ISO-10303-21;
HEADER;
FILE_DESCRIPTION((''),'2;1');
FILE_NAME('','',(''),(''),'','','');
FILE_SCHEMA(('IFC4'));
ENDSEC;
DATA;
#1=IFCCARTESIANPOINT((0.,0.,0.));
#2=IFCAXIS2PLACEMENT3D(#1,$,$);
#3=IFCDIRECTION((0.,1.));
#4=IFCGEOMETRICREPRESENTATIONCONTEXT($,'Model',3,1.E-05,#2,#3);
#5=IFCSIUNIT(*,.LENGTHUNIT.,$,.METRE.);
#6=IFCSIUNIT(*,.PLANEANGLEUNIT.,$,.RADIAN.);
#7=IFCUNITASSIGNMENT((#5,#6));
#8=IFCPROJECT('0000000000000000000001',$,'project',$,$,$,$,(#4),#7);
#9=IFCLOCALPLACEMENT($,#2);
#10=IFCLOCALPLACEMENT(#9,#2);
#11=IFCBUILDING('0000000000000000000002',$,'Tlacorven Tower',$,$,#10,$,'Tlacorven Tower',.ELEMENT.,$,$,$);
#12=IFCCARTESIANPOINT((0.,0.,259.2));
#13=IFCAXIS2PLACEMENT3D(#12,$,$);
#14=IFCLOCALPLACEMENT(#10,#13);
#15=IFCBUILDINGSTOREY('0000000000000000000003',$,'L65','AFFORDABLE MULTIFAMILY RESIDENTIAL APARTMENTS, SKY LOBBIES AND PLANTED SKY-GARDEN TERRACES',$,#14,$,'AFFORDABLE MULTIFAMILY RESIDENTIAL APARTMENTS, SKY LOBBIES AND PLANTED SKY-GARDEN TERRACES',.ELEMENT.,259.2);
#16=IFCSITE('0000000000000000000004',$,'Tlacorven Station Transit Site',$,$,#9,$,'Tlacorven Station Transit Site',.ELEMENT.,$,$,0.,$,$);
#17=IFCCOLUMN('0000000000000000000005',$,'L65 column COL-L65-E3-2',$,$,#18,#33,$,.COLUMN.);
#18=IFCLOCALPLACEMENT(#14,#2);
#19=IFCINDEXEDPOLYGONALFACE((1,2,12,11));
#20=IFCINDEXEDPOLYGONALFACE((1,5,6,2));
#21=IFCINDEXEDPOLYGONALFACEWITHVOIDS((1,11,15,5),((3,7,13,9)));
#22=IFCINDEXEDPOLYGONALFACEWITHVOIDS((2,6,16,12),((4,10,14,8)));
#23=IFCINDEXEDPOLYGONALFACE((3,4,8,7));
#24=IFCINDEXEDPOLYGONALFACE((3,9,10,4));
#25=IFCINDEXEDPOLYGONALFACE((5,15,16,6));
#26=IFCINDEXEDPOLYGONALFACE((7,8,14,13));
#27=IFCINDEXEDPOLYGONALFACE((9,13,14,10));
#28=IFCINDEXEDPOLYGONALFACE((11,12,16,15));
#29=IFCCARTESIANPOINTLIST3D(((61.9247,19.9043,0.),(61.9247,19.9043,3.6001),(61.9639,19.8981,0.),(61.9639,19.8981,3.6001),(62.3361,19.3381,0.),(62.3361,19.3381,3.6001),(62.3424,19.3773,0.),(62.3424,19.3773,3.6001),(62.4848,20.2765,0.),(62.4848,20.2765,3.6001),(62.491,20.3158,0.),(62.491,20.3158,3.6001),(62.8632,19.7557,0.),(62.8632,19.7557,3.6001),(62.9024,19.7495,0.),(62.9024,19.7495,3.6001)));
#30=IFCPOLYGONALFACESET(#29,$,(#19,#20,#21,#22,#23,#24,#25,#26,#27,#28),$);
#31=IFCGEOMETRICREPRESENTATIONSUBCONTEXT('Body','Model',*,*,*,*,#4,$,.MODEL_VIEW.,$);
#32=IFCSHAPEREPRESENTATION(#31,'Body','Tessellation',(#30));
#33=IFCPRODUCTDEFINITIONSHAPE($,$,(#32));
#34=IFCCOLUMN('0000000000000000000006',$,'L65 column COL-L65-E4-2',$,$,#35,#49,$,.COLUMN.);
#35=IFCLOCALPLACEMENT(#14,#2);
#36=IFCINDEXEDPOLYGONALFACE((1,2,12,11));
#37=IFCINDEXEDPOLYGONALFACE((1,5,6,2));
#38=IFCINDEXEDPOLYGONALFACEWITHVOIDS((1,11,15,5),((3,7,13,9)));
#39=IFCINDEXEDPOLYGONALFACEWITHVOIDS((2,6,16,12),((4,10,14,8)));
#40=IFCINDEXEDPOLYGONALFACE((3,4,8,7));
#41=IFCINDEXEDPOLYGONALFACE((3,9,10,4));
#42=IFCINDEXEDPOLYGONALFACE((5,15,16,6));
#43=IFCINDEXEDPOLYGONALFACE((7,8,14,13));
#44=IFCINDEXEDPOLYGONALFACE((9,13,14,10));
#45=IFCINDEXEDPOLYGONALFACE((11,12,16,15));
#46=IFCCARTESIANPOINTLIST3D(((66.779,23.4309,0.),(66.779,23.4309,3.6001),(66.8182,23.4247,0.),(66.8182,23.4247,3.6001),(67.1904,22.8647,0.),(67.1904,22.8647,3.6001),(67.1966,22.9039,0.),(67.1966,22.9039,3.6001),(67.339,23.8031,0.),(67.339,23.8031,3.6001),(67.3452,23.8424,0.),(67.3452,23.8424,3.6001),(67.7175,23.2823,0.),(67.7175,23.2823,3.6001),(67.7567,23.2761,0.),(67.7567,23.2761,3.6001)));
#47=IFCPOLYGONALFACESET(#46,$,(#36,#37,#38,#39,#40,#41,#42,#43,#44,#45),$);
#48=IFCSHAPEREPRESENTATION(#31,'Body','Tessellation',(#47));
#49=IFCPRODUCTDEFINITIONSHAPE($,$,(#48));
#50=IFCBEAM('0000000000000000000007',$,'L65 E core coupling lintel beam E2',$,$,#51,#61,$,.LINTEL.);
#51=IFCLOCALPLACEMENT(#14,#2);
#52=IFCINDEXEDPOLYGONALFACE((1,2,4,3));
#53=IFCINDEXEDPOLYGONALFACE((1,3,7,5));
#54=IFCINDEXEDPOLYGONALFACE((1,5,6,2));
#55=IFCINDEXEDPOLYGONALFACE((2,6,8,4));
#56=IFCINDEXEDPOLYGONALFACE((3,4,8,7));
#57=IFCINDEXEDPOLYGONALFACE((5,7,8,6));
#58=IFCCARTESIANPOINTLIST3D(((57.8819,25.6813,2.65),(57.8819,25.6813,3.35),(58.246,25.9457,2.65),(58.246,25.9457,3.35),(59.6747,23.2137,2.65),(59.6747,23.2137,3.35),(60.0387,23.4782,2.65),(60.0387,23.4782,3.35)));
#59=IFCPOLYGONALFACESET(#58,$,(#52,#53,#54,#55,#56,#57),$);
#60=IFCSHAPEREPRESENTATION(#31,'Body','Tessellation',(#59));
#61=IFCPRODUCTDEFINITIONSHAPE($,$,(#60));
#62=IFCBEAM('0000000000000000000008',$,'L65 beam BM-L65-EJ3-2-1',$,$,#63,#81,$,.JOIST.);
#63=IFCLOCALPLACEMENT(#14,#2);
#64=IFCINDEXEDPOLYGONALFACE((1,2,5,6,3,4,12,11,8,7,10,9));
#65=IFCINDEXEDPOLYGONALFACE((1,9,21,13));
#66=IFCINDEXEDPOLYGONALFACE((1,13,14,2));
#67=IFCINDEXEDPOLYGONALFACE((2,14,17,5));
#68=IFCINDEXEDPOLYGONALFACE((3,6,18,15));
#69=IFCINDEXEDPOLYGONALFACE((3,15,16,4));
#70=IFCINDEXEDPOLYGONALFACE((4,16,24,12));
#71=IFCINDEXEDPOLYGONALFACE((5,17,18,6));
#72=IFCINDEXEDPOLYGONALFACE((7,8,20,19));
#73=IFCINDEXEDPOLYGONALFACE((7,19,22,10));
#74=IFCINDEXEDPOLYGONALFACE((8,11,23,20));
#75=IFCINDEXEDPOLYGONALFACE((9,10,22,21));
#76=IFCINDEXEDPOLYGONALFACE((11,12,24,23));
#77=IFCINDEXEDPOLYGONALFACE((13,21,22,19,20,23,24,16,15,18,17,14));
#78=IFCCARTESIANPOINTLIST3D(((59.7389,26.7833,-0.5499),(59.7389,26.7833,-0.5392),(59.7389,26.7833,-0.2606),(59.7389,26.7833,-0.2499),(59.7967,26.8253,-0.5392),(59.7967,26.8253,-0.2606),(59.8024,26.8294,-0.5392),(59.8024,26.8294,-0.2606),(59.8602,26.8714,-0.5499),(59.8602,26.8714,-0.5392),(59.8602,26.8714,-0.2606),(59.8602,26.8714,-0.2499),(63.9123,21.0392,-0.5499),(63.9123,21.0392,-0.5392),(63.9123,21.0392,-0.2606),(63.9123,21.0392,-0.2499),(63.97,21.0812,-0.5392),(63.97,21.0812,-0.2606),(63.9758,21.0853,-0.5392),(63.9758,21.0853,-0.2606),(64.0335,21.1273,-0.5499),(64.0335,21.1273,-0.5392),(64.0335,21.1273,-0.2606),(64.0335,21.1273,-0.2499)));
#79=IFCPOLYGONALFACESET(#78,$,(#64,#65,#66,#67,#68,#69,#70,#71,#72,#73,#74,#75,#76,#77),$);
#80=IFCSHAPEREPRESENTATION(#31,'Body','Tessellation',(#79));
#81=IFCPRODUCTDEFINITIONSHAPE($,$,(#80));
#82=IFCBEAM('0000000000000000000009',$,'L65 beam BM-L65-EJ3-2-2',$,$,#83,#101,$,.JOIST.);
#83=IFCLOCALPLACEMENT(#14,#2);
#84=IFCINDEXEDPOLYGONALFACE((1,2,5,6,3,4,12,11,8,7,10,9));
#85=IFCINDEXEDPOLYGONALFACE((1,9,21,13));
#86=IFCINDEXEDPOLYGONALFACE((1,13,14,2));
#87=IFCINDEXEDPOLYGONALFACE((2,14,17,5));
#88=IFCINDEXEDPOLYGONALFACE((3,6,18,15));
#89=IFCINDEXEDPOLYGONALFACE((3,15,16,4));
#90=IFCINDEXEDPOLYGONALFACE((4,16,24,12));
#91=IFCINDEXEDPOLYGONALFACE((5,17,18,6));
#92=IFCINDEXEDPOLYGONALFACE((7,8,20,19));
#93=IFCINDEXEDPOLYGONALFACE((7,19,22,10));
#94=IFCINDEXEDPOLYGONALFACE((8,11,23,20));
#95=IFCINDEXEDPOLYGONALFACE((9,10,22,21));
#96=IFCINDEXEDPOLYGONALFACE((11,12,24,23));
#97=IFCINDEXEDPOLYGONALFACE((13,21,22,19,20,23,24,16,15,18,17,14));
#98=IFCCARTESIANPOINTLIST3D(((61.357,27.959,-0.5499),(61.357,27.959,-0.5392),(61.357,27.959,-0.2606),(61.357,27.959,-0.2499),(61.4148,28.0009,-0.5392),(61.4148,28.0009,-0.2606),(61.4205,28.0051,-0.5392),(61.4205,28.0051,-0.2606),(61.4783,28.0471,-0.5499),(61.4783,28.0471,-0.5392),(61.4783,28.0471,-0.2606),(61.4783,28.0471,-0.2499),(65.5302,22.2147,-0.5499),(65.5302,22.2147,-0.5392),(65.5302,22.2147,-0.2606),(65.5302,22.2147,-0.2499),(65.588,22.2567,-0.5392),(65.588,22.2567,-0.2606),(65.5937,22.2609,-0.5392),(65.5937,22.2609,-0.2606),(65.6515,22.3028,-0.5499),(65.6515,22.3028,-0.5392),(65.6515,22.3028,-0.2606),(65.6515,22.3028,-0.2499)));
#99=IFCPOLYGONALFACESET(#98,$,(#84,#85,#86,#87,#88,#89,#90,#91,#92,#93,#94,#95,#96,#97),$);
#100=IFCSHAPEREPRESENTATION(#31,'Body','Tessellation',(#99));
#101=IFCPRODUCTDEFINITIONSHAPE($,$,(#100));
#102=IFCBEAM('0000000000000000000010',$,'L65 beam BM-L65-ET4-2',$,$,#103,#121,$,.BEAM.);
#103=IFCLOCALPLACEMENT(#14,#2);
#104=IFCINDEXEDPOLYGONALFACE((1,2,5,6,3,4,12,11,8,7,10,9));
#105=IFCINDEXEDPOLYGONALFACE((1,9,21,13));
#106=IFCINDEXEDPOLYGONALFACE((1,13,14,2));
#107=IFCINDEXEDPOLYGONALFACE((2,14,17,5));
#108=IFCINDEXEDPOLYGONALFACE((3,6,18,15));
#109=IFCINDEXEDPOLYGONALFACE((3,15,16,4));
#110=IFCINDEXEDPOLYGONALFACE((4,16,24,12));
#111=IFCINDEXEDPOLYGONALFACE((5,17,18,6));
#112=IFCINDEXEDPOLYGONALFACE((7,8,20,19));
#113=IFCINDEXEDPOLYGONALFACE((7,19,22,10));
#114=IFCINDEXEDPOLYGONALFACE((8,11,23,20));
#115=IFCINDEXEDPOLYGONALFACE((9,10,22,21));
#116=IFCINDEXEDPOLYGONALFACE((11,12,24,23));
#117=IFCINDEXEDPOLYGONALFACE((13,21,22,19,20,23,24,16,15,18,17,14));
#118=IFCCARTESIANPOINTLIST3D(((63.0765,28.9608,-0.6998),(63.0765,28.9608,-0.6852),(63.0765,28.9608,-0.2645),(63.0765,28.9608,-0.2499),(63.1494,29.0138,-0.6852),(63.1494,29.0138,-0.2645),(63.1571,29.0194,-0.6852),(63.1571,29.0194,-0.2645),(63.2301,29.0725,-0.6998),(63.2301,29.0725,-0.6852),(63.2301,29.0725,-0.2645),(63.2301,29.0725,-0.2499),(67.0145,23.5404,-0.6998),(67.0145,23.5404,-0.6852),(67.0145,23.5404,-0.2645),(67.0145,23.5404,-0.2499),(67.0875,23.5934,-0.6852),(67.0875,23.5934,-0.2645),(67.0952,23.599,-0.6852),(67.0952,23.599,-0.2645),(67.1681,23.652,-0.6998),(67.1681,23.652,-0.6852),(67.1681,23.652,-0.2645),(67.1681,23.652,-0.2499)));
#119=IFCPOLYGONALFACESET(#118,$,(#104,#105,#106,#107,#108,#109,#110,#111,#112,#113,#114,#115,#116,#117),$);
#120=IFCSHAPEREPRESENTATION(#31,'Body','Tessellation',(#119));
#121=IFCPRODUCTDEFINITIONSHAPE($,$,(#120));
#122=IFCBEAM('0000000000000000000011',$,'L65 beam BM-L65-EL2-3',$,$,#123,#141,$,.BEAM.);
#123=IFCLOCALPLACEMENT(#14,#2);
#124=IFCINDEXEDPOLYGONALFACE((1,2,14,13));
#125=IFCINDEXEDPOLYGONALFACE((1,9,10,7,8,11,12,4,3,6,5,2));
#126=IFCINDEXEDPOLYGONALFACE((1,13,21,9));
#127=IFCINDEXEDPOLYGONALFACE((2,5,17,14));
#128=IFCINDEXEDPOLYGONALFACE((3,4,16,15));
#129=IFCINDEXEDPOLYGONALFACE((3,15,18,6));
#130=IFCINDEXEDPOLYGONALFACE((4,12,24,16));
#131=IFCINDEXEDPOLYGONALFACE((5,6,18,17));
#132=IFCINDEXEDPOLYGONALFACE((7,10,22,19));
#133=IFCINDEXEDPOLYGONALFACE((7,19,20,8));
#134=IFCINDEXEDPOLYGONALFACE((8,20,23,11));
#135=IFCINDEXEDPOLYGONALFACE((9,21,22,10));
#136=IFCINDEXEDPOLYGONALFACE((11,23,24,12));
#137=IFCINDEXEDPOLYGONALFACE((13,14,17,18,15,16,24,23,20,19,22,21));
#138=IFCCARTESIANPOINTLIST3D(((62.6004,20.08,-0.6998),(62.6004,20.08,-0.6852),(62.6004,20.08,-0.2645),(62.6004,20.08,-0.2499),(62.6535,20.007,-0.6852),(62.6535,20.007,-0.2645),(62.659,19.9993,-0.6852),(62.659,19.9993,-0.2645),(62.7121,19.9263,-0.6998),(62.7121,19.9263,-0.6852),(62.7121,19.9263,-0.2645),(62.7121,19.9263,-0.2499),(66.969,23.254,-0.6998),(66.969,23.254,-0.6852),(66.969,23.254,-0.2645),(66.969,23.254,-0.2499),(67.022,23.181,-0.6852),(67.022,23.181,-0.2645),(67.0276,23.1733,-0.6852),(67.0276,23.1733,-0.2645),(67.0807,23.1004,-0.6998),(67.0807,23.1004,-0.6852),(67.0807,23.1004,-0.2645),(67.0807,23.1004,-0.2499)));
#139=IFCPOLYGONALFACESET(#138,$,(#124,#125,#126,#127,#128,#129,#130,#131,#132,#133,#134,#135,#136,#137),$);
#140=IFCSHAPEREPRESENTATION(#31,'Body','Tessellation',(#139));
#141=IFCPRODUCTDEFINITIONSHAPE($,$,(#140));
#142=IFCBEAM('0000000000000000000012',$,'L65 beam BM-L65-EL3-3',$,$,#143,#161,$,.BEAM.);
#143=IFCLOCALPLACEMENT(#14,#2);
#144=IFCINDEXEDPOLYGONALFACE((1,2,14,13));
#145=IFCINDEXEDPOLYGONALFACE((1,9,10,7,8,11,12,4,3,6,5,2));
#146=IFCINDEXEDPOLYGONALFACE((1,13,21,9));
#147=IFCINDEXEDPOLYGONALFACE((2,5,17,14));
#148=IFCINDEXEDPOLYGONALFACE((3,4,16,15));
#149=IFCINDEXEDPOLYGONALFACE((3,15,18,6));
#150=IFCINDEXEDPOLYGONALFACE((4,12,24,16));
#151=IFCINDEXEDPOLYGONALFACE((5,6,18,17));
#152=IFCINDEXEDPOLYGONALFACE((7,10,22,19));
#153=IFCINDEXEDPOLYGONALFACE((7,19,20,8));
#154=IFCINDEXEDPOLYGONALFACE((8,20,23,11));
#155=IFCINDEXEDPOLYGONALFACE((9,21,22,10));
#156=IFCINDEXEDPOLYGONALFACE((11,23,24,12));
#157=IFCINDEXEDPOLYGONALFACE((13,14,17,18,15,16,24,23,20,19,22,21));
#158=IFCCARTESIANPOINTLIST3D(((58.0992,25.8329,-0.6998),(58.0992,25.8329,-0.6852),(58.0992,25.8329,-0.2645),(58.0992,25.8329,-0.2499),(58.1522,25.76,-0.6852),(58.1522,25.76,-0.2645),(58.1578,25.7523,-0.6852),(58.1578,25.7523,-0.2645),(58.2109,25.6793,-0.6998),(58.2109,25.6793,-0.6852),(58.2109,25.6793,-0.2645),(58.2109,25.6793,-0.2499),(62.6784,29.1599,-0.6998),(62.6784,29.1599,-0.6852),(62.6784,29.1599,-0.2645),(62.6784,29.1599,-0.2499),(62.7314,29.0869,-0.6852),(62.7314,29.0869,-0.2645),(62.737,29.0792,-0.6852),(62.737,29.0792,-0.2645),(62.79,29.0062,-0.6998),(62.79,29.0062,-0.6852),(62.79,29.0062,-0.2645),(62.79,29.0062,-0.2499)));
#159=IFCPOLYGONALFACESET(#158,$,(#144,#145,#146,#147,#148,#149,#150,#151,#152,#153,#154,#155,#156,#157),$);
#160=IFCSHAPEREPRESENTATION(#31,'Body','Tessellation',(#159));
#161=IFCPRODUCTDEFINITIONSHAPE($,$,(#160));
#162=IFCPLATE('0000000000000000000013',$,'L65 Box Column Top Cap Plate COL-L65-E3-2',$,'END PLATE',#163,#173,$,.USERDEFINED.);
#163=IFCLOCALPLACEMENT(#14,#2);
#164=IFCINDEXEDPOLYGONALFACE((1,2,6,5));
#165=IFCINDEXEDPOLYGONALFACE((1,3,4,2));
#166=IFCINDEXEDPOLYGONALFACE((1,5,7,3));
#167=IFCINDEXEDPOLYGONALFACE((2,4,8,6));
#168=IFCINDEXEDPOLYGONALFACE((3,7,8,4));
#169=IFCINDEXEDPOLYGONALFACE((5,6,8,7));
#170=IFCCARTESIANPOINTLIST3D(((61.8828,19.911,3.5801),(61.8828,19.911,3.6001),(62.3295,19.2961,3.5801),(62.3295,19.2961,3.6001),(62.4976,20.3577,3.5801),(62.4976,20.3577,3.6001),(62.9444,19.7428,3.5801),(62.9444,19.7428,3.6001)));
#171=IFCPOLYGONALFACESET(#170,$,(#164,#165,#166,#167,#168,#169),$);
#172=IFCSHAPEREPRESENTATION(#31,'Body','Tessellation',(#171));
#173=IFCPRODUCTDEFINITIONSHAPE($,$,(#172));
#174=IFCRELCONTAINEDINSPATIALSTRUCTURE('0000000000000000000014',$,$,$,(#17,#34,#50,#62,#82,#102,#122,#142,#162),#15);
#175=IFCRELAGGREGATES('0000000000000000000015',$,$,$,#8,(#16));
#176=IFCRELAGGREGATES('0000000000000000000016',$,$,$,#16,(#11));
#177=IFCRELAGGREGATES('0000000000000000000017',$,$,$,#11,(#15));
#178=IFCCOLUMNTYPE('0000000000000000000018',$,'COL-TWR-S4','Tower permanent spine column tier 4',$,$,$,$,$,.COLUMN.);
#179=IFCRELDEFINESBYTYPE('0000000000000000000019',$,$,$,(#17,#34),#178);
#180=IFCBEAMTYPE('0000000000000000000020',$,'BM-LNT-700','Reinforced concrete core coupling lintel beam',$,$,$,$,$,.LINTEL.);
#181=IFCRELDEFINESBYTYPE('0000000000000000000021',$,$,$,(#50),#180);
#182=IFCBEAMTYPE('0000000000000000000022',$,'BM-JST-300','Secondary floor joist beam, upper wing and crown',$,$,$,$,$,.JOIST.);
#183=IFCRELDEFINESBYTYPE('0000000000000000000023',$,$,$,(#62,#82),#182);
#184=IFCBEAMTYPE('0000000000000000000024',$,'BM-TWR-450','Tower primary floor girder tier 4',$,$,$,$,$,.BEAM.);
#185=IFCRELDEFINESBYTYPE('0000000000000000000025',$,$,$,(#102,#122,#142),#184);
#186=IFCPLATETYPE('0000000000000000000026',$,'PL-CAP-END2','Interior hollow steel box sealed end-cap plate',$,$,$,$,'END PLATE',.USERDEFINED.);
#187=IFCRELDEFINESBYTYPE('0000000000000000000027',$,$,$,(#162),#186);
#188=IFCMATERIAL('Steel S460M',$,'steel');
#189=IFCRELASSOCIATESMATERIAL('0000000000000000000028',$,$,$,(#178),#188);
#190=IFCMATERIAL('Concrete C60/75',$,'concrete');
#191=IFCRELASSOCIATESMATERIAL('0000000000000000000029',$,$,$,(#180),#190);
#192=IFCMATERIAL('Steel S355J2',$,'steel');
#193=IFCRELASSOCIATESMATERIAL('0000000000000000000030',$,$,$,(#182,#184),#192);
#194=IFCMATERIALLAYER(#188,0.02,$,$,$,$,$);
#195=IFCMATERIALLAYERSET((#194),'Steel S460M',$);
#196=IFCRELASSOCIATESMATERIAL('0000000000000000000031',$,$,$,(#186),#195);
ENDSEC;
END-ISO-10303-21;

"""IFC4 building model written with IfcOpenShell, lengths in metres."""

from ifc_helpers import new_model, si_unit, direction, frame, origin, origin_2d, place, context, subcontext, project, spatial, rectangle, hollow_rectangle, i_section, extrude, source, transform, mapped, material, layer, layer_set, material_profile, profile_set, type_object, element, save


model = new_model("IFC4")

# Units and contexts
model_context = context("Model", 3, precision=1e-05, world=origin(), true_north=direction((0.0, 1.0)))
body_context = subcontext(model_context, "Body", "Model", "MODEL_VIEW")
ifc_project = project(units=[si_unit("LENGTHUNIT", "METRE"), si_unit("PLANEANGLEUNIT", "RADIAN")], contexts=[model_context])

# Site, building, storey
site_placement = place(None, origin())
site = spatial("IfcSite", under=ifc_project, at=site_placement, Name="Tlacorven Station Transit Site", LongName="Tlacorven Station Transit Site", CompositionType="ELEMENT", RefElevation=0.0)
building_placement = place(site_placement, origin())
building = spatial("IfcBuilding", under=site, at=building_placement, Name="Tlacorven Tower", LongName="Tlacorven Tower", CompositionType="ELEMENT")
storey_placement = place(building_placement, frame((0.0, 0.0, 259.2)))
storey = spatial("IfcBuildingStorey", under=building, at=storey_placement, Name="L65", Description="AFFORDABLE MULTIFAMILY RESIDENTIAL APARTMENTS, SKY LOBBIES AND PLANTED SKY-GARDEN TERRACES", LongName="AFFORDABLE MULTIFAMILY RESIDENTIAL APARTMENTS, SKY LOBBIES AND PLANTED SKY-GARDEN TERRACES", CompositionType="ELEMENT", Elevation=259.2)

# Columns
ifc_material_1 = material(Name="Steel S460M", Category="steel")
ifc_material_profile_1 = material_profile(ifc_material_1, hollow_rectangle(XDim=0.7, YDim=0.7, WallThickness=0.0281, at=origin_2d()), Name="BOX 700X700X28")
ifc_profile_set_1 = profile_set([ifc_material_profile_1], Name="Steel S460M")
column_type = type_object("IfcColumnType", Name="COL-TWR-S4", Description="Tower permanent spine column tier 4", PredefinedType="COLUMN", material=ifc_profile_set_1)
shared_shape_1 = source(origin(), body_context, "Body", "SweptSolid", [
    extrude(hollow_rectangle(XDim=0.7, YDim=0.7, WallThickness=0.0281, at=origin_2d()), origin(), (0.0, 0.0, 1.0), 3.6001),
])
for number, where, z_axis, x_axis, name in (
    (1, (62.4136, 19.8269, 0.0), (0.0, 0.0, 1.0), (0.809017, 0.587785, 0.0), "L65 column COL-L65-E3-2"),
    (2, (67.2678, 23.3535, 0.0), (0.0, 0.0, 1.0), (0.809017, 0.587785, 0.0), "L65 column COL-L65-E4-2"),
):
    element("IfcColumn", number, at=place(storey_placement, frame(where, z_axis=z_axis, x_axis=x_axis)), inside=storey, type_object=column_type, Name=name, PredefinedType="COLUMN", context=body_context, shape_type="MappedRepresentation", body=[
        mapped(shared_shape_1, transform((0.0, 0.0, 0.0), scale=1.0)),
    ])

# Beams
ifc_material_2 = material(Name="Concrete C60/75", Category="concrete")
ifc_material_profile_2 = material_profile(ifc_material_2, rectangle(XDim=0.45, YDim=0.7, at=origin_2d()), Name="RC 450X700")
ifc_profile_set_2 = profile_set([ifc_material_profile_2], Name="Concrete C60/75")
beam_type_1 = type_object("IfcBeamType", Name="BM-LNT-700", Description="Reinforced concrete core coupling lintel beam", PredefinedType="LINTEL", material=ifc_profile_set_2)
shared_shape_2 = source(origin(), body_context, "Body", "SweptSolid", [
    extrude(rectangle(XDim=0.45, YDim=0.7, at=origin_2d()), origin(), (0.0, 0.0, 1.0), 3.05),
])
beam_1_placement = place(storey_placement, frame((59.8567, 23.3459, 3.0), z_axis=(-0.587777, 0.809023, 0.0), x_axis=(-0.809023, -0.587777, 0.0)))
element("IfcBeam", 3, at=beam_1_placement, inside=storey, type_object=beam_type_1, Name="L65 E core coupling lintel beam E2", PredefinedType="LINTEL", context=body_context, shape_type="MappedRepresentation", body=[
    mapped(shared_shape_2, transform((0.0, 0.0, 0.0), scale=1.0)),
])
ifc_material_3 = material(Name="Steel S355J2", Category="steel")
ifc_material_profile_3 = material_profile(ifc_material_3, i_section(OverallWidth=0.1499, OverallDepth=0.3, WebThickness=0.0071, FlangeThickness=0.0107, at=origin_2d()), Name="IPE 300")
ifc_profile_set_3 = profile_set([ifc_material_profile_3], Name="Steel S355J2")
beam_type_2 = type_object("IfcBeamType", Name="BM-JST-300", Description="Secondary floor joist beam, upper wing and crown", PredefinedType="JOIST", material=ifc_profile_set_3)
shared_shape_3 = source(origin(), body_context, "Body", "SweptSolid", [
    extrude(i_section(OverallWidth=0.1499, OverallDepth=0.3, WebThickness=0.0071, FlangeThickness=0.0107, at=origin_2d()), origin(), (0.0, 0.0, 1.0), 7.1001),
])
for number, where, z_axis, x_axis, name in (
    (4, (63.9729, 21.0833, -0.3999), (-0.587783, 0.809019, 0.0), (-0.809019, -0.587783, 0.0), "L65 beam BM-L65-EJ3-2-1"),
    (5, (65.5908, 22.2588, -0.3999), (-0.587761, 0.809035, 0.0), (-0.809035, -0.587761, 0.0), "L65 beam BM-L65-EJ3-2-2"),
):
    element("IfcBeam", number, at=place(storey_placement, frame(where, z_axis=z_axis, x_axis=x_axis)), inside=storey, type_object=beam_type_2, Name=name, PredefinedType="JOIST", context=body_context, shape_type="MappedRepresentation", body=[
        mapped(shared_shape_3, transform((0.0, 0.0, 0.0), scale=1.0)),
    ])
ifc_material_profile_4 = material_profile(ifc_material_3, i_section(OverallWidth=0.1899, OverallDepth=0.45, WebThickness=0.0095, FlangeThickness=0.0146, at=origin_2d()), Name="IPE 450")
ifc_profile_set_4 = profile_set([ifc_material_profile_4], Name="Steel S355J2")
beam_type_3 = type_object("IfcBeamType", Name="BM-TWR-450", Description="Tower primary floor girder tier 4", PredefinedType="BEAM", material=ifc_profile_set_4)
shared_shape_4 = source(origin(), body_context, "Body", "SweptSolid", [
    extrude(i_section(OverallWidth=0.1899, OverallDepth=0.45, WebThickness=0.0095, FlangeThickness=0.0146, at=origin_2d()), origin(), (0.0, 0.0, 1.0), 6.7),
])
beam_2_placement = place(storey_placement, frame((67.0913, 23.5962, -0.4749), z_axis=(-0.587769, 0.809029, 0.0), x_axis=(-0.809029, -0.587769, 0.0)))
element("IfcBeam", 6, at=beam_2_placement, inside=storey, type_object=beam_type_3, Name="L65 beam BM-L65-ET4-2", PredefinedType="BEAM", context=body_context, shape_type="MappedRepresentation", body=[
    mapped(shared_shape_4, transform((0.0, 0.0, 0.0), scale=1.0)),
])
shared_shape_5 = source(origin(), body_context, "Body", "SweptSolid", [
    extrude(i_section(OverallWidth=0.1899, OverallDepth=0.45, WebThickness=0.0095, FlangeThickness=0.0146, at=origin_2d()), origin(), (0.0, 0.0, 1.0), 5.3999),
])
beam_3_placement = place(storey_placement, frame((62.6562, 20.0032, -0.4749), z_axis=(0.809012, 0.587793, 0.0), x_axis=(-0.587793, 0.809012, 0.0)))
element("IfcBeam", 7, at=beam_3_placement, inside=storey, type_object=beam_type_3, Name="L65 beam BM-L65-EL2-3", PredefinedType="BEAM", context=body_context, shape_type="MappedRepresentation", body=[
    mapped(shared_shape_5, transform((0.0, 0.0, 0.0), scale=1.0)),
])
shared_shape_6 = source(origin(), body_context, "Body", "SweptSolid", [
    extrude(i_section(OverallWidth=0.1899, OverallDepth=0.45, WebThickness=0.0095, FlangeThickness=0.0146, at=origin_2d()), origin(), (0.0, 0.0, 1.0), 5.6602),
])
beam_4_placement = place(storey_placement, frame((58.155, 25.7561, -0.4749), z_axis=(0.809018, 0.587784, 0.0), x_axis=(-0.587784, 0.809018, 0.0)))
element("IfcBeam", 8, at=beam_4_placement, inside=storey, type_object=beam_type_3, Name="L65 beam BM-L65-EL3-3", PredefinedType="BEAM", context=body_context, shape_type="MappedRepresentation", body=[
    mapped(shared_shape_6, transform((0.0, 0.0, 0.0), scale=1.0)),
])

# Plate
ifc_layer_1 = layer(ifc_material_1, 0.02)
ifc_layer_set_1 = layer_set([ifc_layer_1], Name="Steel S460M")
plate_type_1 = type_object("IfcPlateType", Name="PL-CAP-END2", Description="Interior hollow steel box sealed end-cap plate", ElementType="END PLATE", PredefinedType="USERDEFINED", material=ifc_layer_set_1)
shared_shape_7 = source(origin(), body_context, "Body", "SweptSolid", [
    extrude(rectangle(XDim=0.76, YDim=0.76, at=origin_2d()), origin(), (0.0, 0.0, 1.0), 0.02),
])
for number, where, z_axis, x_axis, name in (
    (9, (62.4136, 19.8269, 3.5801), (0.0, 0.0, 1.0), (0.809017, 0.587785, 0.0), "L65 Box Column Top Cap Plate COL-L65-E3-2"),
):
    element("IfcPlate", number, at=place(storey_placement, frame(where, z_axis=z_axis, x_axis=x_axis)), inside=storey, type_object=plate_type_1, Name=name, ObjectType="END PLATE", PredefinedType="USERDEFINED", context=body_context, shape_type="MappedRepresentation", body=[
        mapped(shared_shape_7, transform((0.0, 0.0, 0.0), scale=1.0)),
    ])

save(model, "model.ifc")
